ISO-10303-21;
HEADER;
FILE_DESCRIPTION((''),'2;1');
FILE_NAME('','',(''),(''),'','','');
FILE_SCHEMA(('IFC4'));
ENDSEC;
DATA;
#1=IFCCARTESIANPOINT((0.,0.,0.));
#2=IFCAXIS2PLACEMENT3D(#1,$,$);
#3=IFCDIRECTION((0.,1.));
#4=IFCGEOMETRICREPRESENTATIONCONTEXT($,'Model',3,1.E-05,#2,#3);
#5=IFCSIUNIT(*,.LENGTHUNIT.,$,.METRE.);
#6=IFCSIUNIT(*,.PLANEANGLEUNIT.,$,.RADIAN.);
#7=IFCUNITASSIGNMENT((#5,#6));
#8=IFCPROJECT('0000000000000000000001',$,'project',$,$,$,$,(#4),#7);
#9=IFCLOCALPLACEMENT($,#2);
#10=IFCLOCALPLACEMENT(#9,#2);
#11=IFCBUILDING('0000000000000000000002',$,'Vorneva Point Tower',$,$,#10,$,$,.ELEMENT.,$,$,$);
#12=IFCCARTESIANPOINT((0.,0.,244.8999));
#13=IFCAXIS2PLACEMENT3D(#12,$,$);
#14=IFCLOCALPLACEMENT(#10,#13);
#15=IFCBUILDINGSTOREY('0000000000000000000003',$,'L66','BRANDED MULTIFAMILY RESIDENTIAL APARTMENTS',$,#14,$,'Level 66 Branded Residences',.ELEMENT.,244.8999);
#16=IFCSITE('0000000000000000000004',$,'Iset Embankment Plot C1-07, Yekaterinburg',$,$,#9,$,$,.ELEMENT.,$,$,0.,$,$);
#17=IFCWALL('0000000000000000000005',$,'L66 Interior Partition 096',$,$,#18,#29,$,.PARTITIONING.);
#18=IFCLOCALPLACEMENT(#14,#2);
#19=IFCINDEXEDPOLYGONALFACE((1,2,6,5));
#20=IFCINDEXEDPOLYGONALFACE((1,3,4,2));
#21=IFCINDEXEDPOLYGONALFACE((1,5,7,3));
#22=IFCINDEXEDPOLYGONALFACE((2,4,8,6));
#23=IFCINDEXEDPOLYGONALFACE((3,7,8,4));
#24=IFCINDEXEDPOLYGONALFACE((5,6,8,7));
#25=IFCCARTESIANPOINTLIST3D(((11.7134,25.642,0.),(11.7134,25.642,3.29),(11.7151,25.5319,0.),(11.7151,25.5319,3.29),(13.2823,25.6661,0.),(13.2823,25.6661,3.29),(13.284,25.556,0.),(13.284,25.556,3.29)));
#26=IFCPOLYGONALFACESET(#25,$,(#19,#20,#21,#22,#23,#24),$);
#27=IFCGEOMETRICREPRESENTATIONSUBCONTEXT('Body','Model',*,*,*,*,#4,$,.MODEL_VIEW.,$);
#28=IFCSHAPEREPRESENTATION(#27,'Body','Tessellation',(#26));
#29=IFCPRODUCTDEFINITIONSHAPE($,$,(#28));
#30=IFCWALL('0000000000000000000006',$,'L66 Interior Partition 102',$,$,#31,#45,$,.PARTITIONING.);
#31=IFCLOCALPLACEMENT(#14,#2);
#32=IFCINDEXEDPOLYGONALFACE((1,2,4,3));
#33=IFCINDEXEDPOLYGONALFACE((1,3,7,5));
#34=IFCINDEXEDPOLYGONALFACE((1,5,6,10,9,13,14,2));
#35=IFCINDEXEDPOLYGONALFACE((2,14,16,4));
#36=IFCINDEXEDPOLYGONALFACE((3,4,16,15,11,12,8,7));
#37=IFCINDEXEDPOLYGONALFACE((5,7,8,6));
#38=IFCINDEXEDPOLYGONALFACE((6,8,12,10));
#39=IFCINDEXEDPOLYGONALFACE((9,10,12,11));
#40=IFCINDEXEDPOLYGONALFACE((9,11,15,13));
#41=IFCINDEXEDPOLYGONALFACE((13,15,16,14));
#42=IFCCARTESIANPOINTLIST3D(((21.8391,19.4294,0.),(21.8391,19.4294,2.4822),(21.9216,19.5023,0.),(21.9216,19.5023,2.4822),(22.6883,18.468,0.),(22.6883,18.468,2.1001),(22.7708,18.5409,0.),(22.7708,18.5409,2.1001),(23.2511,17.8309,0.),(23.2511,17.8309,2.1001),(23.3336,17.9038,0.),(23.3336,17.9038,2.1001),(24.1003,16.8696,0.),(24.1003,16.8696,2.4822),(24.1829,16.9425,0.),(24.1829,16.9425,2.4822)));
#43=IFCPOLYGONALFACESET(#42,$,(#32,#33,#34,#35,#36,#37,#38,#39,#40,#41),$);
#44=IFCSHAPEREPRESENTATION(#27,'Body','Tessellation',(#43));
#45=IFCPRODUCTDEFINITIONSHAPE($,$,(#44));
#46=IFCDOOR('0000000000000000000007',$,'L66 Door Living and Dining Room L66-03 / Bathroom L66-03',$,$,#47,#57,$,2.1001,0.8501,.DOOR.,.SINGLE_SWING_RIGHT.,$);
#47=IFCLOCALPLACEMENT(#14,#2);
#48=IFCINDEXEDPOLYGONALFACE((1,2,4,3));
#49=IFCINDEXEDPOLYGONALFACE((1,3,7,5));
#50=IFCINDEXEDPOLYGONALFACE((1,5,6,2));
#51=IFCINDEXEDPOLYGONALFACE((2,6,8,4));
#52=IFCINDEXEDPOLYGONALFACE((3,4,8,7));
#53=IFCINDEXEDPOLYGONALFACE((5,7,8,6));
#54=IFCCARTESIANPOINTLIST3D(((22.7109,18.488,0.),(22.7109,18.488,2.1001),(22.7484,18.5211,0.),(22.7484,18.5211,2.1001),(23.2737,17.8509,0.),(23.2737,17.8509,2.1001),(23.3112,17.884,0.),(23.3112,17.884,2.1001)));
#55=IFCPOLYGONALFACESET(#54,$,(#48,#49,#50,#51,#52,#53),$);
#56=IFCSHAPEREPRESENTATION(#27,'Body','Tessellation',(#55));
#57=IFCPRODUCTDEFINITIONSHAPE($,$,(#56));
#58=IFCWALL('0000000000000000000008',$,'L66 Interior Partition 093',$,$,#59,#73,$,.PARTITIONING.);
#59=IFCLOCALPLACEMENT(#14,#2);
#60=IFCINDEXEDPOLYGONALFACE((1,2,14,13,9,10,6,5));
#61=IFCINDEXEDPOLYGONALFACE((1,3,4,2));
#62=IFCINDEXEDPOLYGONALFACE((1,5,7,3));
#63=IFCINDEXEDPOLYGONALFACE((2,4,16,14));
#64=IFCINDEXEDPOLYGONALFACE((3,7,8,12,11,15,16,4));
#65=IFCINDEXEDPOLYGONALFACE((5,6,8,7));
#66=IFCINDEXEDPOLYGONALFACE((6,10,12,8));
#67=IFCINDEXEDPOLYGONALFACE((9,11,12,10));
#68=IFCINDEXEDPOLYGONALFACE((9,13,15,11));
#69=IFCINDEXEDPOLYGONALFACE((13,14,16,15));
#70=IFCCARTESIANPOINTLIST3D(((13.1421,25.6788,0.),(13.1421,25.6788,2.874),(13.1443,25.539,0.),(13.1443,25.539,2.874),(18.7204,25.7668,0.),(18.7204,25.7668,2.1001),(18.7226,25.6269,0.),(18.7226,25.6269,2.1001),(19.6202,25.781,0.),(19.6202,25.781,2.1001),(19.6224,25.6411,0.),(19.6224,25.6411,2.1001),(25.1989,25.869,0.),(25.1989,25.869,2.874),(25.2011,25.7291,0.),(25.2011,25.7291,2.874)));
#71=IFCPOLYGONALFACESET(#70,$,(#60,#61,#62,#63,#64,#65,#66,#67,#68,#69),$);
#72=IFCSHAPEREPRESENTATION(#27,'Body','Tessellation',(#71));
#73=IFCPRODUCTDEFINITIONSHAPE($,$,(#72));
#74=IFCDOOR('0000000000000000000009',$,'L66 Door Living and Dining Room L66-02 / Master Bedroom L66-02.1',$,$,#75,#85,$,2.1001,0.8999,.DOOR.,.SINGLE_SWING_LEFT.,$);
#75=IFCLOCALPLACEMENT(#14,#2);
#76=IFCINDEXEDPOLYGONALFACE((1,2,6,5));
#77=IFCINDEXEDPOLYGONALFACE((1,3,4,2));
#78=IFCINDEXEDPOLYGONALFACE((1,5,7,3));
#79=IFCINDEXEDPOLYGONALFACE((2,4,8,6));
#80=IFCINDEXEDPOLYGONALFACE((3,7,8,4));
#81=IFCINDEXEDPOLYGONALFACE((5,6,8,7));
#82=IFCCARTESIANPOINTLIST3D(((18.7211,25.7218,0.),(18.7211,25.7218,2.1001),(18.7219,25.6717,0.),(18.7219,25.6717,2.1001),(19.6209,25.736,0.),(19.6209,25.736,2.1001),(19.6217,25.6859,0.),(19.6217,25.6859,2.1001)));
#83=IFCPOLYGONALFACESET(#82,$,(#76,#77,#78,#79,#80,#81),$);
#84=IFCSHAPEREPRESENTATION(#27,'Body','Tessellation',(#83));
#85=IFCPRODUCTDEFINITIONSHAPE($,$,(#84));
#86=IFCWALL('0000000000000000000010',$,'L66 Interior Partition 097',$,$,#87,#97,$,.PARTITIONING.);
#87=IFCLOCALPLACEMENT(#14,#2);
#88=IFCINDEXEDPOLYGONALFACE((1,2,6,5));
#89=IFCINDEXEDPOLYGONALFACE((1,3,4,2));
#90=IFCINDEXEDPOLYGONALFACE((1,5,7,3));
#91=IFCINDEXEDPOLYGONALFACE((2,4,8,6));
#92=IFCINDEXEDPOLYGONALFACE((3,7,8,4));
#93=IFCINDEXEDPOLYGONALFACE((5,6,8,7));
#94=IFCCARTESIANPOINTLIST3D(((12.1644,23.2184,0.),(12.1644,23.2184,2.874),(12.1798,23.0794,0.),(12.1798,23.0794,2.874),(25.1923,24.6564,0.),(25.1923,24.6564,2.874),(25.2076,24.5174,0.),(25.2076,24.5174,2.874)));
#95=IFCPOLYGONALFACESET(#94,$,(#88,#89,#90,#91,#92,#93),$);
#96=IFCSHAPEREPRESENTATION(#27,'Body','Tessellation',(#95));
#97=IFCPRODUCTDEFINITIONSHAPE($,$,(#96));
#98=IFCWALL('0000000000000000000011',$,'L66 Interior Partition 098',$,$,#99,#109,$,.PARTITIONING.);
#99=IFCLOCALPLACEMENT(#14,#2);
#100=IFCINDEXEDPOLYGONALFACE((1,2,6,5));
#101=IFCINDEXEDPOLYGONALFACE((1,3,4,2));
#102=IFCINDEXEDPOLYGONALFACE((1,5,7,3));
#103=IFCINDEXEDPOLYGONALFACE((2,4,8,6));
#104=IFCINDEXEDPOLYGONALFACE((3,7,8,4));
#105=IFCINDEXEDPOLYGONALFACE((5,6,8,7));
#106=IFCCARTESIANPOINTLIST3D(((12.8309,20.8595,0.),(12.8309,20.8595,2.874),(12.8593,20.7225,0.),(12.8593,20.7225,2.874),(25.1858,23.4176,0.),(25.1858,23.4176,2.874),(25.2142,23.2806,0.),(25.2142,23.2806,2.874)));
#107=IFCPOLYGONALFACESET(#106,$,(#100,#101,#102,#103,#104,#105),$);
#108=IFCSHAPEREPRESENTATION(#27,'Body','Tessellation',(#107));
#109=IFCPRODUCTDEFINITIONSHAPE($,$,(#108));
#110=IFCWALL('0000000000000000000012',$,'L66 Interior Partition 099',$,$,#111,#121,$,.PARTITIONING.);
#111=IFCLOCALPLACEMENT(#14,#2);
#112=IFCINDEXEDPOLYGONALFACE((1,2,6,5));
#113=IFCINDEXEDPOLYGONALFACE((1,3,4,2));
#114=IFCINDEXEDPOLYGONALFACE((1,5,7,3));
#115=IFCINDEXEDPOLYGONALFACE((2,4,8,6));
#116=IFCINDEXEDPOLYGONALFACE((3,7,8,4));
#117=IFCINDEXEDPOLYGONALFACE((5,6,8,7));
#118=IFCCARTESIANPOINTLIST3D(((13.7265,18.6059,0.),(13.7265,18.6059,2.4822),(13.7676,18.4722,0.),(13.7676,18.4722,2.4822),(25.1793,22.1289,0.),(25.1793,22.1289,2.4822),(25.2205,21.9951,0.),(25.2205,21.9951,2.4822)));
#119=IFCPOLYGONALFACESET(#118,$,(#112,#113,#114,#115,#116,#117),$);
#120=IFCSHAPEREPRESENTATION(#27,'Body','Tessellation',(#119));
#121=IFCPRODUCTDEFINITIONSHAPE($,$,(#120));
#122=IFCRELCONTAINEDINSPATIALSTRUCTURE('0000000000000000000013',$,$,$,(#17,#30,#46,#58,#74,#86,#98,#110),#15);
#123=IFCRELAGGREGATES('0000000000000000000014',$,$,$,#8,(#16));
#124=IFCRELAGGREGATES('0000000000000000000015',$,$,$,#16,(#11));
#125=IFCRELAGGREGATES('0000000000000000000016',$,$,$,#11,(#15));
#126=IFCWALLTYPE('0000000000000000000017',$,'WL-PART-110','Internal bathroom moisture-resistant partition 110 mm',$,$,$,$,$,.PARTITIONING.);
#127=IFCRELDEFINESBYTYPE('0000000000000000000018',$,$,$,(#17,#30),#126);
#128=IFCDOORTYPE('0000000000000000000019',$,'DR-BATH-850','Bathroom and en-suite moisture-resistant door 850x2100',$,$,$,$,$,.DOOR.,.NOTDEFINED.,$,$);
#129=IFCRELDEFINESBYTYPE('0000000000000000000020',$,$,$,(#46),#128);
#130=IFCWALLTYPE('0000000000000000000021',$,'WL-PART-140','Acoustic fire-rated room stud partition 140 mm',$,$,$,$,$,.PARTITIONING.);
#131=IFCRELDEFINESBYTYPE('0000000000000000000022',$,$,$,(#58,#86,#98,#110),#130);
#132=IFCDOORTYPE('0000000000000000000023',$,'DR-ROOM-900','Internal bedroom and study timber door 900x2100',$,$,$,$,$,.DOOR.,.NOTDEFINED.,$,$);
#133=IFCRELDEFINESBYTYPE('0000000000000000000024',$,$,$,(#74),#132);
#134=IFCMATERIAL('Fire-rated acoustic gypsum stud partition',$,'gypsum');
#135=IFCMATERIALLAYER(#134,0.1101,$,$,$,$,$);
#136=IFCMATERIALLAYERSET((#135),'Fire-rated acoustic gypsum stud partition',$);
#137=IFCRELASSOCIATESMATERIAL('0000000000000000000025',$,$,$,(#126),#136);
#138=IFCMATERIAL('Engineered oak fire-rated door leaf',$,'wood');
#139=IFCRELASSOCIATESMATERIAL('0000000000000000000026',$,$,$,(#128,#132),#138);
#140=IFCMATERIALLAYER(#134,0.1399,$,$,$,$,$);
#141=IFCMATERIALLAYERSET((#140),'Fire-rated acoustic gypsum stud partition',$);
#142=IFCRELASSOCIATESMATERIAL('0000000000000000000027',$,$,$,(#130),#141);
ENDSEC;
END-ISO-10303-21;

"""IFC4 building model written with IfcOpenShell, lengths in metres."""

from ifc_helpers import new_model, si_unit, direction, frame, frame_2d, origin, place, context, subcontext, project, spatial, rectangle, extrude, material, layer, layer_set, type_object, element, fill, save


model = new_model("IFC4")

# Units and contexts
model_context = context("Model", 3, precision=1e-05, world=origin(), true_north=direction((0.0, 1.0)))
body_context = subcontext(model_context, "Body", "Model", "MODEL_VIEW")
ifc_project = project(units=[si_unit("LENGTHUNIT", "METRE"), si_unit("PLANEANGLEUNIT", "RADIAN")], contexts=[model_context])

# Site, building, storey
site_placement = place(None, origin())
site = spatial("IfcSite", under=ifc_project, at=site_placement, Name="Iset Embankment Plot C1-07, Yekaterinburg", CompositionType="ELEMENT", RefElevation=0.0)
building_placement = place(site_placement, origin())
building = spatial("IfcBuilding", under=site, at=building_placement, Name="Vorneva Point Tower", CompositionType="ELEMENT")
storey_placement = place(building_placement, frame((0.0, 0.0, 244.8999)))
storey = spatial("IfcBuildingStorey", under=building, at=storey_placement, Name="L66", Description="BRANDED MULTIFAMILY RESIDENTIAL APARTMENTS", LongName="Level 66 Branded Residences", CompositionType="ELEMENT", Elevation=244.8999)

# Wall
ifc_material_1 = material(Name="Fire-rated acoustic gypsum stud partition", Category="gypsum")
ifc_layer_1 = layer(ifc_material_1, 0.1101)
ifc_layer_set_1 = layer_set([ifc_layer_1], Name="Fire-rated acoustic gypsum stud partition")
wall_type_1 = type_object("IfcWallType", Name="WL-PART-110", Description="Internal bathroom moisture-resistant partition 110 mm", PredefinedType="PARTITIONING", material=ifc_layer_set_1)
wall_1_placement = place(storey_placement, frame((11.7141, 25.5869, 0.0), z_axis=(0.0, 0.0, 1.0), x_axis=(0.999881, 0.015404, 0.0)))
element("IfcWall", 1, at=wall_1_placement, inside=storey, type_object=wall_type_1, Name="L66 Interior Partition 096", PredefinedType="PARTITIONING", context=body_context, shape_type="SweptSolid", body=[
    extrude(rectangle(XDim=1.5691, YDim=0.1101, at=frame_2d((0.7847, 0.0))), origin(), (0.0, 0.0, 1.0), 3.29),
])

# Walls, openings, doors
wall_2_placement = place(storey_placement, frame((24.1416, 16.906, 0.0), z_axis=(0.0, 0.0, 1.0), x_axis=(-0.662045, 0.749464, 0.0)))
wall_2 = element("IfcWall", 2, at=wall_2_placement, inside=storey, type_object=wall_type_1, Name="L66 Interior Partition 102", PredefinedType="PARTITIONING", context=body_context, shape_type="SweptSolid", body=[
    extrude(rectangle(XDim=3.4155, YDim=0.1101, at=frame_2d((1.7078, 0.0))), origin(), (0.0, 0.0, 1.0), 2.4822),
])
opening_1_placement = place(wall_2_placement, frame((1.2827, 0.0, 0.0)))
opening_1 = element("IfcOpeningElement", 3, at=opening_1_placement, cuts=wall_2, PredefinedType="OPENING", context=body_context, shape_type="SweptSolid", body=[
    extrude(rectangle(XDim=0.8501, YDim=2.1001, at=frame_2d((0.425, 1.05))), frame((0.0, 0.0698, 0.0), z_axis=(0.0, -1.0, 0.0), x_axis=(1.0, 0.0, 0.0)), (0.0, 0.0, 1.0), 0.1399),
])
ifc_material_2 = material(Name="Engineered oak fire-rated door leaf", Category="wood")
door_type_1 = type_object("IfcDoorType", Name="DR-BATH-850", Description="Bathroom and en-suite moisture-resistant door 850x2100", OperationType="NOTDEFINED", PredefinedType="DOOR", material=ifc_material_2)
door_1_placement = place(opening_1_placement, origin())
door_1 = element("IfcDoor", 4, at=door_1_placement, inside=storey, type_object=door_type_1, Name="L66 Door Living and Dining Room L66-03 / Bathroom L66-03", OperationType="SINGLE_SWING_RIGHT", OverallHeight=2.1001, OverallWidth=0.8501, PredefinedType="DOOR", context=body_context, shape_type="SweptSolid", body=[
    extrude(rectangle(XDim=0.8501, YDim=2.1001, at=frame_2d((0.425, 1.05))), frame((0.0, 0.0249, 0.0), z_axis=(0.0, -1.0, 0.0), x_axis=(1.0, 0.0, 0.0)), (0.0, 0.0, 1.0), 0.05),
])
fill(opening_1, door_1)
ifc_layer_2 = layer(ifc_material_1, 0.1399)
ifc_layer_set_2 = layer_set([ifc_layer_2], Name="Fire-rated acoustic gypsum stud partition")
wall_type_2 = type_object("IfcWallType", Name="WL-PART-140", Description="Acoustic fire-rated room stud partition 140 mm", PredefinedType="PARTITIONING", material=ifc_layer_set_2)
wall_3_placement = place(storey_placement, frame((13.1431, 25.6089, 0.0), z_axis=(0.0, 0.0, 1.0), x_axis=(0.999876, 0.015772, 0.0)))
wall_3 = element("IfcWall", 5, at=wall_3_placement, inside=storey, type_object=wall_type_2, Name="L66 Interior Partition 093", PredefinedType="PARTITIONING", context=body_context, shape_type="SweptSolid", body=[
    extrude(rectangle(XDim=12.0583, YDim=0.1399, at=frame_2d((6.0293, 0.0))), origin(), (0.0, 0.0, 1.0), 2.874),
])
opening_2_placement = place(wall_3_placement, frame((5.5791, 0.0, 0.0)))
opening_2 = element("IfcOpeningElement", 6, at=opening_2_placement, cuts=wall_3, PredefinedType="OPENING", context=body_context, shape_type="SweptSolid", body=[
    extrude(rectangle(XDim=0.8999, YDim=2.1001, at=frame_2d((0.45, 1.05))), frame((0.0, 0.085, 0.0), z_axis=(0.0, -1.0, 0.0), x_axis=(1.0, 0.0, 0.0)), (0.0, 0.0, 1.0), 0.1697),
])
door_type_2 = type_object("IfcDoorType", Name="DR-ROOM-900", Description="Internal bedroom and study timber door 900x2100", OperationType="NOTDEFINED", PredefinedType="DOOR", material=ifc_material_2)
door_2_placement = place(opening_2_placement, origin())
door_2 = element("IfcDoor", 7, at=door_2_placement, inside=storey, type_object=door_type_2, Name="L66 Door Living and Dining Room L66-02 / Master Bedroom L66-02.1", OperationType="SINGLE_SWING_LEFT", OverallHeight=2.1001, OverallWidth=0.8999, PredefinedType="DOOR", context=body_context, shape_type="SweptSolid", body=[
    extrude(rectangle(XDim=0.8999, YDim=2.1001, at=frame_2d((0.45, 1.05))), frame((0.0, 0.0249, 0.0), z_axis=(0.0, -1.0, 0.0), x_axis=(1.0, 0.0, 0.0)), (0.0, 0.0, 1.0), 0.05),
])
fill(opening_2, door_2)

# Walls
wall_4_placement = place(storey_placement, frame((12.1721, 23.1489, 0.0), z_axis=(0.0, 0.0, 1.0), x_axis=(0.993963, 0.109712, 0.0)))
element("IfcWall", 8, at=wall_4_placement, inside=storey, type_object=wall_type_2, Name="L66 Interior Partition 097", PredefinedType="PARTITIONING", context=body_context, shape_type="SweptSolid", body=[
    extrude(rectangle(XDim=13.1069, YDim=0.1399, at=frame_2d((6.5535, 0.0))), origin(), (0.0, 0.0, 1.0), 2.874),
])
wall_5_placement = place(storey_placement, frame((12.845, 20.791, 0.0), z_axis=(0.0, 0.0, 1.0), x_axis=(0.97923, 0.20275, 0.0)))
element("IfcWall", 9, at=wall_5_placement, inside=storey, type_object=wall_type_2, Name="L66 Interior Partition 098", PredefinedType="PARTITIONING", context=body_context, shape_type="SweptSolid", body=[
    extrude(rectangle(XDim=12.6169, YDim=0.1399, at=frame_2d((6.3086, 0.0))), origin(), (0.0, 0.0, 1.0), 2.874),
])
wall_6_placement = place(storey_placement, frame((13.7471, 18.5391, 0.0), z_axis=(0.0, 0.0, 1.0), x_axis=(0.955803, 0.294009, 0.0)))
element("IfcWall", 10, at=wall_6_placement, inside=storey, type_object=wall_type_2, Name="L66 Interior Partition 099", PredefinedType="PARTITIONING", context=body_context, shape_type="SweptSolid", body=[
    extrude(rectangle(XDim=11.9824, YDim=0.1399, at=frame_2d((5.9912, 0.0))), origin(), (0.0, 0.0, 1.0), 2.4822),
])

save(model, "model.ifc")
